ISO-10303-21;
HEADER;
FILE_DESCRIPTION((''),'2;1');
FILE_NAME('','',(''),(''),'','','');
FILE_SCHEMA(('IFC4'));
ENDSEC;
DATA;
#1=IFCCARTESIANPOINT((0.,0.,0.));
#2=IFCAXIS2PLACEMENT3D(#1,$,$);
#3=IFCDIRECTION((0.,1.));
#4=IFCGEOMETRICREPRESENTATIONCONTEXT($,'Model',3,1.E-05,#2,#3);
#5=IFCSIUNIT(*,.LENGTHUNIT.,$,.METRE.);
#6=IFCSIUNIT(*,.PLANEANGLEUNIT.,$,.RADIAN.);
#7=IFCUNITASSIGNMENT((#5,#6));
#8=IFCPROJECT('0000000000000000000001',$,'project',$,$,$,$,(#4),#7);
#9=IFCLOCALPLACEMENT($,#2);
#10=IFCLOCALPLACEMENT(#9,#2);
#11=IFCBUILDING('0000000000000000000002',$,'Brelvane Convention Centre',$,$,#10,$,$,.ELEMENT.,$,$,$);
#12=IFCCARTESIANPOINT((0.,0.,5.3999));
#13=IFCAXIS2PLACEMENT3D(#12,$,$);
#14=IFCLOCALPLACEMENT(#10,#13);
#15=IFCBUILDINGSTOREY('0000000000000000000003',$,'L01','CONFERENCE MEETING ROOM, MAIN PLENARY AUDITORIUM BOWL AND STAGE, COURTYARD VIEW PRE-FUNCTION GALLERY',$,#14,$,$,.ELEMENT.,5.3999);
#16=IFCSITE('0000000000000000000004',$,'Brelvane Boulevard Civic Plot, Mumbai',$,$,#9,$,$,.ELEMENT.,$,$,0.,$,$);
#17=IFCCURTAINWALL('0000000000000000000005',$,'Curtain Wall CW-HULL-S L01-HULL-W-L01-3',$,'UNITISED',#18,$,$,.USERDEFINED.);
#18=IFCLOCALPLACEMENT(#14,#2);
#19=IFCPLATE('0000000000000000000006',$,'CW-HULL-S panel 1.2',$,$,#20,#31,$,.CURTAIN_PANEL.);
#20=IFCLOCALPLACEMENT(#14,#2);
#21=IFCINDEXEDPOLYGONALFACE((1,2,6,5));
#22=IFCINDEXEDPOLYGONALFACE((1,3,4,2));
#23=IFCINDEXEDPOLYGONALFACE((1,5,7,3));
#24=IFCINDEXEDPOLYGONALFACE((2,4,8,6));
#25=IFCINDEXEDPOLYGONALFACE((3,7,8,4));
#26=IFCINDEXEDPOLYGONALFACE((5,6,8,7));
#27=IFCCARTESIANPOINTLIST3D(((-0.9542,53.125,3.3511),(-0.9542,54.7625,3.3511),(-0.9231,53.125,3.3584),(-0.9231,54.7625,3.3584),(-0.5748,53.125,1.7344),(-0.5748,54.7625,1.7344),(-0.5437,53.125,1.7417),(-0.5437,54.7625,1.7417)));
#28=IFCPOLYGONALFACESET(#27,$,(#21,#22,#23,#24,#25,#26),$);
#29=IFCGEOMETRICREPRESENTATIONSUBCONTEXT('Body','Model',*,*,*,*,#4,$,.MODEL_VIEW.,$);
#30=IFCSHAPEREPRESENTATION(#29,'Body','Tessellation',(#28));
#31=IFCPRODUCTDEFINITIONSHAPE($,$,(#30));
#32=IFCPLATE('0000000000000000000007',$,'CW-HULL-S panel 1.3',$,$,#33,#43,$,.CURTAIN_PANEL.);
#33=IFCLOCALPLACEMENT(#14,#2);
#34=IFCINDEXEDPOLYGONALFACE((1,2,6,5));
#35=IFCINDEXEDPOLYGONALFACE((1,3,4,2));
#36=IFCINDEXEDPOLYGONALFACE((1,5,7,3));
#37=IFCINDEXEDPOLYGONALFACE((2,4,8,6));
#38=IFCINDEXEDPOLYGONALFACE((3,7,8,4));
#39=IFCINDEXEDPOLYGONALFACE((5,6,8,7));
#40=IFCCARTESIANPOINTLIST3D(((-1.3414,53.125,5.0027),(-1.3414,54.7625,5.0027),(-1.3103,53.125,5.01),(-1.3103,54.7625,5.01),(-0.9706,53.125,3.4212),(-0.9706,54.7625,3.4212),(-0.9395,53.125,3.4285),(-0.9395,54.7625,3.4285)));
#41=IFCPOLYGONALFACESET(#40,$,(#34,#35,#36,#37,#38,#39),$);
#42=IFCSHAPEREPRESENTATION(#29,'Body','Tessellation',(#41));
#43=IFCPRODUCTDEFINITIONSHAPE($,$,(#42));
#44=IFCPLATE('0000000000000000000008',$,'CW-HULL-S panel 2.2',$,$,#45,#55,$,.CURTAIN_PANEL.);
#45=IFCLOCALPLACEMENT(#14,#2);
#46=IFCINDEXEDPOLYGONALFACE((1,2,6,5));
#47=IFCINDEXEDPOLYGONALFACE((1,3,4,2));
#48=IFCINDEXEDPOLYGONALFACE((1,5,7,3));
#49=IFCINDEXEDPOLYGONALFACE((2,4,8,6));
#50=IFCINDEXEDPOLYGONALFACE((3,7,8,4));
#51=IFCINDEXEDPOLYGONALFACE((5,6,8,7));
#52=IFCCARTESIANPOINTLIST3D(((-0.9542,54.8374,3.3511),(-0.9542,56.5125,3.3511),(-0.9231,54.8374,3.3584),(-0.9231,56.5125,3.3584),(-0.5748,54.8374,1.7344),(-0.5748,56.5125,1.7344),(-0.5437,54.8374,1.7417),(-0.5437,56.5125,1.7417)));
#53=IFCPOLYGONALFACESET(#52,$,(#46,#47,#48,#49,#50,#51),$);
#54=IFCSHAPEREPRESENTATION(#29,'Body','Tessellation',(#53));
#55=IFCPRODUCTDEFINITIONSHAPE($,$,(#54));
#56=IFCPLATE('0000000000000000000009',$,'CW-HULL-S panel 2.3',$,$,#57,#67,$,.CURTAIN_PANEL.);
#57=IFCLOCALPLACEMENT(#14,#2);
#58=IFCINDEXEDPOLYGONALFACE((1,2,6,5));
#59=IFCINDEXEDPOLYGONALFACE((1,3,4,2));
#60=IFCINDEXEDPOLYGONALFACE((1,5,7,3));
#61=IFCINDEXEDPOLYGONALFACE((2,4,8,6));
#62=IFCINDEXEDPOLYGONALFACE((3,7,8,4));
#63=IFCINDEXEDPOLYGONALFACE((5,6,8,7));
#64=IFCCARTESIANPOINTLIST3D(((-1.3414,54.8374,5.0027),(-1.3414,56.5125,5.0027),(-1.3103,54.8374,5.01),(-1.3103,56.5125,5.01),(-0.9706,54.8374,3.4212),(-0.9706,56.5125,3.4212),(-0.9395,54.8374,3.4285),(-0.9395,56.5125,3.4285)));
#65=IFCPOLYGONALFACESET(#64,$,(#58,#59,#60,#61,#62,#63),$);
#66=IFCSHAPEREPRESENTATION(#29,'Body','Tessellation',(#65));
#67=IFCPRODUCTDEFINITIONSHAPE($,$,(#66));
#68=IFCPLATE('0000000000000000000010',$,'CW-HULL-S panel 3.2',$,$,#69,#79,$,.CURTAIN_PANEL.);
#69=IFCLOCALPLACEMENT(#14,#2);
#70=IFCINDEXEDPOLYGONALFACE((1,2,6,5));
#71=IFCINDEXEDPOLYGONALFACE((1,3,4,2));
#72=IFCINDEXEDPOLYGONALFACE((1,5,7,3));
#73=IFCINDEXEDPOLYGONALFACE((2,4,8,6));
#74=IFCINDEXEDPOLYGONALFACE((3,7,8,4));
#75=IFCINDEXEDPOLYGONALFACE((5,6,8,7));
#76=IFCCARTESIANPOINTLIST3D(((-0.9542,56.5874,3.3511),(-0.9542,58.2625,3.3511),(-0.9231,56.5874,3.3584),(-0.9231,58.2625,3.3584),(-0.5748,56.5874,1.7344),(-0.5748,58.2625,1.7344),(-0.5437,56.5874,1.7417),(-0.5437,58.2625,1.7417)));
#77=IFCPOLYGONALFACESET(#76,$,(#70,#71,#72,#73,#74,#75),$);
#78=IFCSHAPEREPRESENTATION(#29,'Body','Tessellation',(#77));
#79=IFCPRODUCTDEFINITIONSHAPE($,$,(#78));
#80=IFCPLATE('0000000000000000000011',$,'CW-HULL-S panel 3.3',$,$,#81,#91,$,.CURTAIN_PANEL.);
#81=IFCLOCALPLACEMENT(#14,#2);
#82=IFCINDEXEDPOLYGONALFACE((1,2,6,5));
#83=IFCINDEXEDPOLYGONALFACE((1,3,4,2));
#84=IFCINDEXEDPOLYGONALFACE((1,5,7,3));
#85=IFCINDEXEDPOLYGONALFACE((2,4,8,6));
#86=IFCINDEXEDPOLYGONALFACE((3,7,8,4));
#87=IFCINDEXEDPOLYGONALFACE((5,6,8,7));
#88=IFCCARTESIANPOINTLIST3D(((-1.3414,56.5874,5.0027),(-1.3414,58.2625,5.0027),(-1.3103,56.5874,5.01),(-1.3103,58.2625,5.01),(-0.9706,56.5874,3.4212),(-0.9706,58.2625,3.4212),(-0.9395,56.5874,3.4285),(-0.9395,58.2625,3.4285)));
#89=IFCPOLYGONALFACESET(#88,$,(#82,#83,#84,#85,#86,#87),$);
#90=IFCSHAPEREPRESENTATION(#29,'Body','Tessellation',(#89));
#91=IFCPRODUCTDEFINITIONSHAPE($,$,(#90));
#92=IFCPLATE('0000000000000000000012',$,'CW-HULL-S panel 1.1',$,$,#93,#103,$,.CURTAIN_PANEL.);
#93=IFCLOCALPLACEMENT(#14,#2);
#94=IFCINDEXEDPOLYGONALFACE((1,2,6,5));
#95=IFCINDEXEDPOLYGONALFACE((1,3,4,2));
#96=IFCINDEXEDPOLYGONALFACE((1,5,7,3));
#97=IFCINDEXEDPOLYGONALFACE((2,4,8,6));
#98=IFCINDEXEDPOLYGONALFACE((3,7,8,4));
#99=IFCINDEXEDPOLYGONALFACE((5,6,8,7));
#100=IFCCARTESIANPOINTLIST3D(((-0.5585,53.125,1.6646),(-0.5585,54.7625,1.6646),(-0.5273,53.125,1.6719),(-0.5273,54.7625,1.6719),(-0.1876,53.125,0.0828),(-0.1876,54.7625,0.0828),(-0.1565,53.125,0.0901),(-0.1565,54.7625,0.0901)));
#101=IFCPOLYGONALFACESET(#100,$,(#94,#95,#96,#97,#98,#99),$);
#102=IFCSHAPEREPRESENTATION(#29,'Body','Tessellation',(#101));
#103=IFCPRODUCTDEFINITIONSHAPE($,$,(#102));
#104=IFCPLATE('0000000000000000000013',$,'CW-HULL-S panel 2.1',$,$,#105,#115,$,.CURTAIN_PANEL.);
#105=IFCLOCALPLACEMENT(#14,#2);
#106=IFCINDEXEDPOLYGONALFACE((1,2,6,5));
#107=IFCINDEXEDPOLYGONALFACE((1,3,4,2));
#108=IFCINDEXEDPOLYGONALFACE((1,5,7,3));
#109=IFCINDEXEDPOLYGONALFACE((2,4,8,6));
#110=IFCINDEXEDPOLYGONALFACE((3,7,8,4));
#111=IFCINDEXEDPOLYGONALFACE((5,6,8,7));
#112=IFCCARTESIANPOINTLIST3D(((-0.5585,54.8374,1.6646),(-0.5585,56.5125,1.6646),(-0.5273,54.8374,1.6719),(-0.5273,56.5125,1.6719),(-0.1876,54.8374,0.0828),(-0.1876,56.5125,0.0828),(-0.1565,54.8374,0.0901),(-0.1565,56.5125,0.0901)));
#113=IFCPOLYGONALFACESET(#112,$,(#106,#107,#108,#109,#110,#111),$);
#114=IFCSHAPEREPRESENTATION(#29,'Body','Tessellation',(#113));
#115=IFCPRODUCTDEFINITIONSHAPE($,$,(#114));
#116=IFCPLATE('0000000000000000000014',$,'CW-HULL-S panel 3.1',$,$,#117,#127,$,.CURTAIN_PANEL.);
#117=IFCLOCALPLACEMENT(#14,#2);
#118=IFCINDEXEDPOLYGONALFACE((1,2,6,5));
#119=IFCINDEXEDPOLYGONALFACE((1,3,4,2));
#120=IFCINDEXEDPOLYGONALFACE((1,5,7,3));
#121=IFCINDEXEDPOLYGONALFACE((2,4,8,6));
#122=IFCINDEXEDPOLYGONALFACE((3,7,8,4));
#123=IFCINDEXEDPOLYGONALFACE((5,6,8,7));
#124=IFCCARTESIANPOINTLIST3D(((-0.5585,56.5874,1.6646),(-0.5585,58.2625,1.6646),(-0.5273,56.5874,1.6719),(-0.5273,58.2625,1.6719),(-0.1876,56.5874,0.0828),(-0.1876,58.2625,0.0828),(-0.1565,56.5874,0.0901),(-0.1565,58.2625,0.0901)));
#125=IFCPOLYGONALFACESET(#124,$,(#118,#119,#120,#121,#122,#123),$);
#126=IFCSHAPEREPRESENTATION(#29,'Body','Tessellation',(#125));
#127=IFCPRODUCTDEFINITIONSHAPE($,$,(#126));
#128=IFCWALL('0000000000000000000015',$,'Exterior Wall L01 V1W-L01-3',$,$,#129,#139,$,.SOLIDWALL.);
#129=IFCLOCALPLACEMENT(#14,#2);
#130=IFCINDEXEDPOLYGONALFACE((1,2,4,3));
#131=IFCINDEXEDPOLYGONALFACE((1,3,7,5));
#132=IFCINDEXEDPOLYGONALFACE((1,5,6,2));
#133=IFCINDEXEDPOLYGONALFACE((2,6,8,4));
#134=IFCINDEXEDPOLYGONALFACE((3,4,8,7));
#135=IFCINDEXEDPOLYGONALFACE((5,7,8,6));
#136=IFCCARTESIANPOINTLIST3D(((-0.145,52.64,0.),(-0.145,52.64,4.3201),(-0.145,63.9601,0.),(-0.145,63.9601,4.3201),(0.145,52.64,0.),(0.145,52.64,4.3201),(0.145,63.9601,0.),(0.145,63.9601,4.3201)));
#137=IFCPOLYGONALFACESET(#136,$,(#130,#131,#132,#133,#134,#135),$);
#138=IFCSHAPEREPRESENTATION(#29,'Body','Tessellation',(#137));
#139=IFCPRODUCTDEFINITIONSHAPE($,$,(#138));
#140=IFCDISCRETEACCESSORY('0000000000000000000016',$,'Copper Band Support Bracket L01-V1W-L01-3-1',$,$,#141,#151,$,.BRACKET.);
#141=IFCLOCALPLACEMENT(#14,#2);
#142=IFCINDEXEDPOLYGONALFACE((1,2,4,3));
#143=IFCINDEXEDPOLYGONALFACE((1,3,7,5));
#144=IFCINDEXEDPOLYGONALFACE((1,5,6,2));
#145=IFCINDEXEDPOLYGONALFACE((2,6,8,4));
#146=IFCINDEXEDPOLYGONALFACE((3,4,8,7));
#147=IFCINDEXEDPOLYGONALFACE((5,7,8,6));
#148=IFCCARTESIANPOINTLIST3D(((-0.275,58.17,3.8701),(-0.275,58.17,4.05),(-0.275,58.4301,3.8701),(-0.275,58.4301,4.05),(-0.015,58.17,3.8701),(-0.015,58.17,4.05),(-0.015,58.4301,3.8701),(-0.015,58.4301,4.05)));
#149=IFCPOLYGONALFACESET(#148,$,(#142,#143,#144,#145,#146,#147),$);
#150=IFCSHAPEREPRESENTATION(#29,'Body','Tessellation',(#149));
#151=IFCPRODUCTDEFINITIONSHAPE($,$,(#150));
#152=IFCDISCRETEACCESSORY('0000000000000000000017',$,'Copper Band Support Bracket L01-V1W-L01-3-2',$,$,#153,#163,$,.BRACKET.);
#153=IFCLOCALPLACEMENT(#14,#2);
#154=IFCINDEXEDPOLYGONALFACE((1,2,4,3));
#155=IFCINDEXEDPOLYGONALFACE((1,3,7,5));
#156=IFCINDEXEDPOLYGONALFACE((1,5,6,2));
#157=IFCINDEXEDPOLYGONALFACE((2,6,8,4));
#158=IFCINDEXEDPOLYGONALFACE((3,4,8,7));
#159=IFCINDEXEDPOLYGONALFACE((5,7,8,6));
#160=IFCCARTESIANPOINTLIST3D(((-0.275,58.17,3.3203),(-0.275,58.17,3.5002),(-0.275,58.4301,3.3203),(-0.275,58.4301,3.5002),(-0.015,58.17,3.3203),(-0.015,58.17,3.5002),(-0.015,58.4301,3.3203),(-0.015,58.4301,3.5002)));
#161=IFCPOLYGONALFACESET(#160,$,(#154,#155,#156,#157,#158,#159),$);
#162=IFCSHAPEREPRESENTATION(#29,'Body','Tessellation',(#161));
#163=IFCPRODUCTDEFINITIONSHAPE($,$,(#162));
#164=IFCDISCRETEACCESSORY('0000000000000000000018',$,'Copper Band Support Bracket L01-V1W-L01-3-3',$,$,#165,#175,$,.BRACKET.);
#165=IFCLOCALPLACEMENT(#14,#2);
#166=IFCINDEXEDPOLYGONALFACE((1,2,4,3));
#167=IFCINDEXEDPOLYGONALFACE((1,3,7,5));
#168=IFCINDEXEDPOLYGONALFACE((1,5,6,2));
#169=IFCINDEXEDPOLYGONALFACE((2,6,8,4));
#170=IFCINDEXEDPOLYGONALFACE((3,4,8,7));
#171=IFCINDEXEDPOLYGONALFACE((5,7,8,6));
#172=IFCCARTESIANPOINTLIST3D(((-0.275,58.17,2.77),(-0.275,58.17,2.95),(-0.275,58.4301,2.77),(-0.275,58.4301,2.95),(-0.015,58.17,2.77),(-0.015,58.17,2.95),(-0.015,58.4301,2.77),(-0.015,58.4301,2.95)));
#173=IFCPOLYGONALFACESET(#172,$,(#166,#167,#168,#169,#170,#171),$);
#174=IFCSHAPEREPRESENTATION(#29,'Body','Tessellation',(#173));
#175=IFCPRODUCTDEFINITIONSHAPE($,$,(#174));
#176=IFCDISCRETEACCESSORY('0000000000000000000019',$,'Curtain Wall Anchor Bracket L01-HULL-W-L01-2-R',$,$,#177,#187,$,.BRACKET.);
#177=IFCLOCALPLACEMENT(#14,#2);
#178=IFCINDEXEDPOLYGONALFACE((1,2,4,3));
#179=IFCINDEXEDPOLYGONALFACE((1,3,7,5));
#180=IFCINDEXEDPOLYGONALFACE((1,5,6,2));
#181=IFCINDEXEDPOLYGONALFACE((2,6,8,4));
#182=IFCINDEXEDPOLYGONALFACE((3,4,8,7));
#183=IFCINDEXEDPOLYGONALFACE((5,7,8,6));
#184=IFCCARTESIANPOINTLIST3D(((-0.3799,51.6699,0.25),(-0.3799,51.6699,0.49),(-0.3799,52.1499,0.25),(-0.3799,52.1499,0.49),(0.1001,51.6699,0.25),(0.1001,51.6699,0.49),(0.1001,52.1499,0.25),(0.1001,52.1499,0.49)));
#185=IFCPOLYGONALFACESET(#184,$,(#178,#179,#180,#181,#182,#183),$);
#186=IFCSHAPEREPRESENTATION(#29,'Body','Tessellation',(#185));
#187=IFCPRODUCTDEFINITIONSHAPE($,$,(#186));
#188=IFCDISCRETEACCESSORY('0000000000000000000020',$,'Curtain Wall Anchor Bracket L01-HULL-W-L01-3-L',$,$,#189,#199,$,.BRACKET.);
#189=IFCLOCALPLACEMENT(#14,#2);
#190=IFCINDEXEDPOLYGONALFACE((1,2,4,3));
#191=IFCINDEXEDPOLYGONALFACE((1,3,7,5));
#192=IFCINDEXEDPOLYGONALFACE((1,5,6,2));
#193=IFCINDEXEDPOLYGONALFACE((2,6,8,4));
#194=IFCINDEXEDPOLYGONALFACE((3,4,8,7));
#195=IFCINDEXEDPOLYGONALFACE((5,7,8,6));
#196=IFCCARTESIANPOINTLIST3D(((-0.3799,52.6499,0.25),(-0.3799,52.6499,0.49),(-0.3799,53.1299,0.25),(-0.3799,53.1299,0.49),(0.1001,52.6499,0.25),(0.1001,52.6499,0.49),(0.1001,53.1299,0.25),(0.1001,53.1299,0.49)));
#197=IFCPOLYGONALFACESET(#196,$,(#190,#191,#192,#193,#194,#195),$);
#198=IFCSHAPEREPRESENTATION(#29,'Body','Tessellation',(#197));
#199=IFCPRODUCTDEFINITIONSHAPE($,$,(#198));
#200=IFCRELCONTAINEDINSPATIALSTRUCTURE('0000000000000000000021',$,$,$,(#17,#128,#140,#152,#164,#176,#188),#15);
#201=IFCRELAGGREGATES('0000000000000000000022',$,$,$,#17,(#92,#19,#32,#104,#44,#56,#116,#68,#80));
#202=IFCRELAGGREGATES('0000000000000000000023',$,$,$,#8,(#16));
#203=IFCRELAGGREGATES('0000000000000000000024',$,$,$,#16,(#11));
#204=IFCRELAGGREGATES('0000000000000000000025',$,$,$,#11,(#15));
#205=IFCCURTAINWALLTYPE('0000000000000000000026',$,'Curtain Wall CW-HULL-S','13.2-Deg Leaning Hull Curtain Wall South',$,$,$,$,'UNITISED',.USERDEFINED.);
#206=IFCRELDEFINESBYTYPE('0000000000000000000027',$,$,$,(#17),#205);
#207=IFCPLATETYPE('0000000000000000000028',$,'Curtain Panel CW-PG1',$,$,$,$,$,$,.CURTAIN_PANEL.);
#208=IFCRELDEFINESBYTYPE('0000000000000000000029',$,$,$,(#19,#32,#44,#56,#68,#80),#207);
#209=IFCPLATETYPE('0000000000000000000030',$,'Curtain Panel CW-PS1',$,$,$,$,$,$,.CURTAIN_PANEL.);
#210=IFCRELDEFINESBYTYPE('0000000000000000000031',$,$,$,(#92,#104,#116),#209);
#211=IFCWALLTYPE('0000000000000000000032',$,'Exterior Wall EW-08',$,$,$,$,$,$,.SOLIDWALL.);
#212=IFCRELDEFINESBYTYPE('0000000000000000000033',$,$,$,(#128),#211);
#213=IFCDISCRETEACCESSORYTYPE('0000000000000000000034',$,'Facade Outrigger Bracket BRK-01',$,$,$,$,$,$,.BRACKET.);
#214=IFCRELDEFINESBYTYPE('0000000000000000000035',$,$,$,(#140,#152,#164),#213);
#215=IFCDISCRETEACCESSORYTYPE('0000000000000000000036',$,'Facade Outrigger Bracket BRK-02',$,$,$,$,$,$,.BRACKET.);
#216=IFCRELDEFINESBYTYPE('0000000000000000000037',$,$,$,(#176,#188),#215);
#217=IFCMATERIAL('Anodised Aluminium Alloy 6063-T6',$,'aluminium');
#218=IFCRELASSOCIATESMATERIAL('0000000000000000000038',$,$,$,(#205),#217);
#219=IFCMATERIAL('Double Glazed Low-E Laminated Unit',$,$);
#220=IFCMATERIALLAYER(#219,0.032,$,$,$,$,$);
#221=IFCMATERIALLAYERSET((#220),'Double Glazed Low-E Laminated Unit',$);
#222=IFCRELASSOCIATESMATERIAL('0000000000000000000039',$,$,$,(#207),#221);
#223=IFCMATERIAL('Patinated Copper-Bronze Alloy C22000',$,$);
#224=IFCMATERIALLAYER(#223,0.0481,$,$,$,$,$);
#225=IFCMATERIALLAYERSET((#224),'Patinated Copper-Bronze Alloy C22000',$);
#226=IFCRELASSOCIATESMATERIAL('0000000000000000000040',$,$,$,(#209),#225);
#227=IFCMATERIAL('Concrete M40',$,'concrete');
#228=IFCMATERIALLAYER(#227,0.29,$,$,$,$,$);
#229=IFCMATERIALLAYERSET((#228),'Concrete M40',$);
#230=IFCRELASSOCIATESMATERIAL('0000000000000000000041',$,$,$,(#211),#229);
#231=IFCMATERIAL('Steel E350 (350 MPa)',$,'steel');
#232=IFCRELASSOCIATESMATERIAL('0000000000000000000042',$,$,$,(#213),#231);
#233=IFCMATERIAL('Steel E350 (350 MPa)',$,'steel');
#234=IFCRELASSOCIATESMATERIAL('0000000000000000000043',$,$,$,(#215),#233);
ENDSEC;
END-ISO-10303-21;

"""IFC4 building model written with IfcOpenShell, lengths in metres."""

from ifc_helpers import new_model, si_unit, direction, frame, frame_2d, origin, origin_2d, place, context, subcontext, project, spatial, polyline, rectangle, outline, extrude, material, layer, layer_set, type_object, element, aggregate, save


model = new_model("IFC4")

# Units and contexts
model_context = context("Model", 3, precision=1e-05, world=origin(), true_north=direction((0.0, 1.0)))
body_context = subcontext(model_context, "Body", "Model", "MODEL_VIEW")
ifc_project = project(units=[si_unit("LENGTHUNIT", "METRE"), si_unit("PLANEANGLEUNIT", "RADIAN")], contexts=[model_context])

# Site, building, storey
site_placement = place(None, origin())
site = spatial("IfcSite", under=ifc_project, at=site_placement, Name="Brelvane Boulevard Civic Plot, Mumbai", CompositionType="ELEMENT", RefElevation=0.0)
building_placement = place(site_placement, origin())
building = spatial("IfcBuilding", under=site, at=building_placement, Name="Brelvane Convention Centre", CompositionType="ELEMENT")
storey_placement = place(building_placement, frame((0.0, 0.0, 5.3999)))
storey = spatial("IfcBuildingStorey", under=building, at=storey_placement, Name="L01", Description="CONFERENCE MEETING ROOM, MAIN PLENARY AUDITORIUM BOWL AND STAGE, COURTYARD VIEW PRE-FUNCTION GALLERY", CompositionType="ELEMENT", Elevation=5.3999)

# Shared definitions
ifc_material_1 = material(Name="Anodised Aluminium Alloy 6063-T6", Category="aluminium")
curtain_wall_type = type_object("IfcCurtainWallType", Name="Curtain Wall CW-HULL-S", Description="13.2-Deg Leaning Hull Curtain Wall South", ElementType="UNITISED", PredefinedType="USERDEFINED", material=ifc_material_1)

# Curtain wall
curtain_wall_1_placement = place(storey_placement, origin())
curtain_wall_1 = element("IfcCurtainWall", 1, at=curtain_wall_1_placement, inside=storey, type_object=curtain_wall_type, Name="Curtain Wall CW-HULL-S L01-HULL-W-L01-3", ObjectType="UNITISED", PredefinedType="USERDEFINED")

# Plates
ifc_material_2 = material(Name="Double Glazed Low-E Laminated Unit")
ifc_layer_1 = layer(ifc_material_2, 0.032)
ifc_layer_set_1 = layer_set([ifc_layer_1], Name="Double Glazed Low-E Laminated Unit")
plate_type_1 = type_object("IfcPlateType", Name="Curtain Panel CW-PG1", PredefinedType="CURTAIN_PANEL", material=ifc_layer_set_1)
plate_1_placement = place(storey_placement, frame((-0.5437, 53.125, 1.7417), z_axis=(0.973552, 0.0, 0.228466), x_axis=(0.0, 1.0, 0.0)))
plate_1 = element("IfcPlate", 2, at=plate_1_placement, type_object=plate_type_1, Name="CW-HULL-S panel 1.2", PredefinedType="CURTAIN_PANEL", context=body_context, shape_type="SweptSolid", body=[
    extrude(outline(polyline([(0.0, 0.0), (1.6375, 0.0), (1.6375, 1.6606), (0.0, 1.6606), (0.0, 0.0)])), origin(), (0.0, 0.0, -1.0), 0.032),
])
plate_2_placement = place(storey_placement, frame((-0.9395, 53.125, 3.4285), z_axis=(0.973592, 0.0, 0.228294), x_axis=(0.0, 1.0, 0.0)))
plate_2 = element("IfcPlate", 3, at=plate_2_placement, type_object=plate_type_1, Name="CW-HULL-S panel 1.3", PredefinedType="CURTAIN_PANEL", context=body_context, shape_type="SweptSolid", body=[
    extrude(outline(polyline([(0.0, 0.0), (1.6375, 0.0), (1.6375, 1.6244), (0.0, 1.6244), (0.0, 0.0)])), origin(), (0.0, 0.0, -1.0), 0.032),
])
plate_3_placement = place(storey_placement, frame((-0.5437, 54.8374, 1.7417), z_axis=(0.973552, 0.0, 0.228466), x_axis=(0.0, 1.0, 0.0)))
plate_3 = element("IfcPlate", 4, at=plate_3_placement, type_object=plate_type_1, Name="CW-HULL-S panel 2.2", PredefinedType="CURTAIN_PANEL", context=body_context, shape_type="SweptSolid", body=[
    extrude(outline(polyline([(0.0, 0.0), (1.675, 0.0), (1.675, 1.6606), (0.0, 1.6606), (0.0, 0.0)])), origin(), (0.0, 0.0, -1.0), 0.032),
])
plate_4_placement = place(storey_placement, frame((-0.9395, 54.8374, 3.4285), z_axis=(0.973592, 0.0, 0.228294), x_axis=(0.0, 1.0, 0.0)))
plate_4 = element("IfcPlate", 5, at=plate_4_placement, type_object=plate_type_1, Name="CW-HULL-S panel 2.3", PredefinedType="CURTAIN_PANEL", context=body_context, shape_type="SweptSolid", body=[
    extrude(outline(polyline([(0.0, 0.0), (1.675, 0.0), (1.675, 1.6244), (0.0, 1.6244), (0.0, 0.0)])), origin(), (0.0, 0.0, -1.0), 0.032),
])
plate_5_placement = place(storey_placement, frame((-0.5437, 56.5874, 1.7417), z_axis=(0.973552, 0.0, 0.228466), x_axis=(0.0, 1.0, 0.0)))
plate_5 = element("IfcPlate", 6, at=plate_5_placement, type_object=plate_type_1, Name="CW-HULL-S panel 3.2", PredefinedType="CURTAIN_PANEL", context=body_context, shape_type="SweptSolid", body=[
    extrude(outline(polyline([(0.0, 0.0), (1.675, 0.0), (1.675, 1.6606), (0.0, 1.6606), (0.0, 0.0)])), origin(), (0.0, 0.0, -1.0), 0.032),
])
plate_6_placement = place(storey_placement, frame((-0.9395, 56.5874, 3.4285), z_axis=(0.973592, 0.0, 0.228294), x_axis=(0.0, 1.0, 0.0)))
plate_6 = element("IfcPlate", 7, at=plate_6_placement, type_object=plate_type_1, Name="CW-HULL-S panel 3.3", PredefinedType="CURTAIN_PANEL", context=body_context, shape_type="SweptSolid", body=[
    extrude(outline(polyline([(0.0, 0.0), (1.675, 0.0), (1.675, 1.6244), (0.0, 1.6244), (0.0, 0.0)])), origin(), (0.0, 0.0, -1.0), 0.032),
])
ifc_material_3 = material(Name="Patinated Copper-Bronze Alloy C22000")
ifc_layer_2 = layer(ifc_material_3, 0.0481)
ifc_layer_set_2 = layer_set([ifc_layer_2], Name="Patinated Copper-Bronze Alloy C22000")
plate_type_2 = type_object("IfcPlateType", Name="Curtain Panel CW-PS1", PredefinedType="CURTAIN_PANEL", material=ifc_layer_set_2)
plate_7_placement = place(storey_placement, frame((-0.1565, 53.125, 0.0901), z_axis=(0.9736, 0.0, 0.22826), x_axis=(0.0, 1.0, 0.0)))
plate_7 = element("IfcPlate", 8, at=plate_7_placement, type_object=plate_type_2, Name="CW-HULL-S panel 1.1", PredefinedType="CURTAIN_PANEL", context=body_context, shape_type="SweptSolid", body=[
    extrude(outline(polyline([(0.0, 0.0), (1.6375, 0.0), (1.6375, 1.6247), (0.0, 1.6247), (0.0, 0.0)])), origin(), (0.0, 0.0, -1.0), 0.032),
])
plate_8_placement = place(storey_placement, frame((-0.1565, 54.8374, 0.0901), z_axis=(0.9736, 0.0, 0.22826), x_axis=(0.0, 1.0, 0.0)))
plate_8 = element("IfcPlate", 9, at=plate_8_placement, type_object=plate_type_2, Name="CW-HULL-S panel 2.1", PredefinedType="CURTAIN_PANEL", context=body_context, shape_type="SweptSolid", body=[
    extrude(outline(polyline([(0.0, 0.0), (1.675, 0.0), (1.675, 1.6247), (0.0, 1.6247), (0.0, 0.0)])), origin(), (0.0, 0.0, -1.0), 0.032),
])
plate_9_placement = place(storey_placement, frame((-0.1565, 56.5874, 0.0901), z_axis=(0.9736, 0.0, 0.22826), x_axis=(0.0, 1.0, 0.0)))
plate_9 = element("IfcPlate", 10, at=plate_9_placement, type_object=plate_type_2, Name="CW-HULL-S panel 3.1", PredefinedType="CURTAIN_PANEL", context=body_context, shape_type="SweptSolid", body=[
    extrude(outline(polyline([(0.0, 0.0), (1.675, 0.0), (1.675, 1.6247), (0.0, 1.6247), (0.0, 0.0)])), origin(), (0.0, 0.0, -1.0), 0.032),
])
aggregate(curtain_wall_1, [plate_7, plate_1, plate_2, plate_8, plate_3, plate_4, plate_9, plate_5, plate_6])

# Wall
ifc_material_4 = material(Name="Concrete M40", Category="concrete")
ifc_layer_3 = layer(ifc_material_4, 0.29)
ifc_layer_set_3 = layer_set([ifc_layer_3], Name="Concrete M40")
wall_type = type_object("IfcWallType", Name="Exterior Wall EW-08", PredefinedType="SOLIDWALL", material=ifc_layer_set_3)
wall_placement = place(storey_placement, frame((0.0, 52.6399, 0.0), z_axis=(0.0, 0.0, 1.0), x_axis=(0.0, 1.0, 0.0)))
element("IfcWall", 11, at=wall_placement, inside=storey, type_object=wall_type, Name="Exterior Wall L01 V1W-L01-3", PredefinedType="SOLIDWALL", context=body_context, shape_type="SweptSolid", body=[
    extrude(rectangle(XDim=11.3201, YDim=0.29, at=frame_2d((5.6602, 0.0))), origin(), (0.0, 0.0, 1.0), 4.3201),
])

# Discrete accessories
ifc_material_5 = material(Name="Steel E350 (350 MPa)", Category="steel")
discrete_accessory_type_1 = type_object("IfcDiscreteAccessoryType", Name="Facade Outrigger Bracket BRK-01", PredefinedType="BRACKET", material=ifc_material_5)
for number, where, z_axis, x_axis, name in (
    (12, (-0.145, 58.3, 3.8701), (0.0, 0.0, 1.0), (1.0, 0.0, 0.0), "Copper Band Support Bracket L01-V1W-L01-3-1"),
    (13, (-0.145, 58.3, 3.3203), (0.0, 0.0, 1.0), (1.0, 0.0, 0.0), "Copper Band Support Bracket L01-V1W-L01-3-2"),
    (14, (-0.145, 58.3, 2.77), (0.0, 0.0, 1.0), (1.0, 0.0, 0.0), "Copper Band Support Bracket L01-V1W-L01-3-3"),
):
    element("IfcDiscreteAccessory", number, at=place(storey_placement, frame(where, z_axis=z_axis, x_axis=x_axis)), inside=storey, type_object=discrete_accessory_type_1, Name=name, PredefinedType="BRACKET", context=body_context, shape_type="SweptSolid", body=[
        extrude(rectangle(XDim=0.26, YDim=0.26, at=origin_2d()), origin(), (0.0, 0.0, 1.0), 0.1799),
    ])
ifc_material_6 = material(Name="Steel E350 (350 MPa)", Category="steel")
discrete_accessory_type_2 = type_object("IfcDiscreteAccessoryType", Name="Facade Outrigger Bracket BRK-02", PredefinedType="BRACKET", material=ifc_material_6)
for number, where, z_axis, x_axis, name in (
    (15, (-0.1399, 51.9099, 0.25), (0.0, 0.0, 1.0), (1.0, 0.0, 0.0), "Curtain Wall Anchor Bracket L01-HULL-W-L01-2-R"),
    (16, (-0.1399, 52.8899, 0.25), (0.0, 0.0, 1.0), (1.0, 0.0, 0.0), "Curtain Wall Anchor Bracket L01-HULL-W-L01-3-L"),
):
    element("IfcDiscreteAccessory", number, at=place(storey_placement, frame(where, z_axis=z_axis, x_axis=x_axis)), inside=storey, type_object=discrete_accessory_type_2, Name=name, PredefinedType="BRACKET", context=body_context, shape_type="SweptSolid", body=[
        extrude(rectangle(XDim=0.48, YDim=0.48, at=origin_2d()), origin(), (0.0, 0.0, 1.0), 0.24),
    ])

save(model, "model.ifc")
